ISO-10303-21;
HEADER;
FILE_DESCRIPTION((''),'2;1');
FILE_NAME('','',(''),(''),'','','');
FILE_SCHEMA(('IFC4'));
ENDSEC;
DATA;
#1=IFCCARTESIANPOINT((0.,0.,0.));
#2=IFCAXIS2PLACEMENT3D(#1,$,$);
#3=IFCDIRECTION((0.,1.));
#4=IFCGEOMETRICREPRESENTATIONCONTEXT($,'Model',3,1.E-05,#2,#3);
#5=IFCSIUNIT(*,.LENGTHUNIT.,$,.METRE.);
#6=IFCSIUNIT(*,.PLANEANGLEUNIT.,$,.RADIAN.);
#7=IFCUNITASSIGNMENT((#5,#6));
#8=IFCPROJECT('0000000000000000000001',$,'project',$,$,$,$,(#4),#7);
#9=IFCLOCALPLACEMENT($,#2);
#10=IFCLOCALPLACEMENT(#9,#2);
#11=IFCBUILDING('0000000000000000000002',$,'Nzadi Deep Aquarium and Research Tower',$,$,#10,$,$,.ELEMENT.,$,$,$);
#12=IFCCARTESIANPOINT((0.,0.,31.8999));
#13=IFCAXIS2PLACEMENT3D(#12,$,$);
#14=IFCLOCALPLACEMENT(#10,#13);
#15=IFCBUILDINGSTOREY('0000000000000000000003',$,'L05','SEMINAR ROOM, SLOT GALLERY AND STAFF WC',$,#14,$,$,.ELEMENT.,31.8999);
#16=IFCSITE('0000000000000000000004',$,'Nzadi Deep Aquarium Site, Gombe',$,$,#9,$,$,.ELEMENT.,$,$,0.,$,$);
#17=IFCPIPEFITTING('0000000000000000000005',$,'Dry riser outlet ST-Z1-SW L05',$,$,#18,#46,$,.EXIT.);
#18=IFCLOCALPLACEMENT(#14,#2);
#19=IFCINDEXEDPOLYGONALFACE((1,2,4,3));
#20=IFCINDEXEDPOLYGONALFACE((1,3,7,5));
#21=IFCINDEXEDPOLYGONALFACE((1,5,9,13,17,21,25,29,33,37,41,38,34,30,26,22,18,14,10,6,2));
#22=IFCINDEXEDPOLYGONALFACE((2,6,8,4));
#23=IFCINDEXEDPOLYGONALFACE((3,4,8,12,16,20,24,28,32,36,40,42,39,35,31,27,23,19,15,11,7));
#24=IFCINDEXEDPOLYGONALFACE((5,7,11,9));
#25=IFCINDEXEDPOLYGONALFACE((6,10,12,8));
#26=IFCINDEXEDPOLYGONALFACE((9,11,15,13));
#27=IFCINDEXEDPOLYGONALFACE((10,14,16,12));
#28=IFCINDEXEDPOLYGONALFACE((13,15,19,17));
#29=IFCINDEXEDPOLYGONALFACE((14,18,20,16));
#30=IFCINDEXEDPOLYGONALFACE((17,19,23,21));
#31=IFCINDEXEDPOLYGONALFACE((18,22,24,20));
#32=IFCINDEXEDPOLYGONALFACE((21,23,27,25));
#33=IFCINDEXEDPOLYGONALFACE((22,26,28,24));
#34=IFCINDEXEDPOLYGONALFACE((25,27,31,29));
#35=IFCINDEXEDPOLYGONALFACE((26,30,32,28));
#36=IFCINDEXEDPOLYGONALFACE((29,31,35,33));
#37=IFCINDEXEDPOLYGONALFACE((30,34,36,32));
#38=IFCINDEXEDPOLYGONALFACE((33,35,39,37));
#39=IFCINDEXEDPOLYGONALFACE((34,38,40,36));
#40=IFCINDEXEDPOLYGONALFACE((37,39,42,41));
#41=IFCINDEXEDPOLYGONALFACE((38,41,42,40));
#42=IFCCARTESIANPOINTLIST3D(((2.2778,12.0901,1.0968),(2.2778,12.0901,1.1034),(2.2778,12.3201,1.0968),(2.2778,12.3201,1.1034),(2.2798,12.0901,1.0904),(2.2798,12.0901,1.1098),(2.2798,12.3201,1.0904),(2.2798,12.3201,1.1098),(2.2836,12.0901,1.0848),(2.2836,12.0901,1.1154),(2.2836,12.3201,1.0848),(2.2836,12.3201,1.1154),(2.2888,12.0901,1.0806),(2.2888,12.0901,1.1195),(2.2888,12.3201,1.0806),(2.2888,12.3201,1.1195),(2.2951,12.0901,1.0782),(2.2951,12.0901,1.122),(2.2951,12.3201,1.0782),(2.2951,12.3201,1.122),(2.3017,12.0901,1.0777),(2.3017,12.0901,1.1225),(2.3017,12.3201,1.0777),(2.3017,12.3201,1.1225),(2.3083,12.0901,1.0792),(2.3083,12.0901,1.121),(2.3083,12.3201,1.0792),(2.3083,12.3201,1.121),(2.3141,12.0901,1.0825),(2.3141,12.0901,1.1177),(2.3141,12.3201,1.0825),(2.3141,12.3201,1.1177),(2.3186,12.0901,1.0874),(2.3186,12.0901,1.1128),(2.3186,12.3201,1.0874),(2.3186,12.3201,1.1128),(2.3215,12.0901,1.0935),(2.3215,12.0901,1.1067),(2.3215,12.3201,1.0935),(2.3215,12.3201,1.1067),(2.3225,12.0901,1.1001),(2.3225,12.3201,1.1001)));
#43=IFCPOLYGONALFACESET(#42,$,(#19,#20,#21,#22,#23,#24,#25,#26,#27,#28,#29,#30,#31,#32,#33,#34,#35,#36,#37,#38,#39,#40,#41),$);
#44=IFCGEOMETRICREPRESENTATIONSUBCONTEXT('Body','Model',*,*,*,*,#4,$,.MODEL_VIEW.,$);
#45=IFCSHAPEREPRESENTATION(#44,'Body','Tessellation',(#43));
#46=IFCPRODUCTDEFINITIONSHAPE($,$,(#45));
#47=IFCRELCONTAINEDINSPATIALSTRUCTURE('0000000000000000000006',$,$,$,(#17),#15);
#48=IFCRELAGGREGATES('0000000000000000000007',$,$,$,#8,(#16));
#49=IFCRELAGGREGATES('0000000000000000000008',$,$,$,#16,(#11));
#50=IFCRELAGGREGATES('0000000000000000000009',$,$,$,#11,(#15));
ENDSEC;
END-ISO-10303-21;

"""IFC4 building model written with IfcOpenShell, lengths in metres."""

from ifc_helpers import new_model, si_unit, direction, frame, origin, origin_2d, place, context, subcontext, project, spatial, circle, extrude, element, save


model = new_model("IFC4")

# Units and contexts
model_context = context("Model", 3, precision=1e-05, world=origin(), true_north=direction((0.0, 1.0)))
body_context = subcontext(model_context, "Body", "Model", "MODEL_VIEW")
ifc_project = project(units=[si_unit("LENGTHUNIT", "METRE"), si_unit("PLANEANGLEUNIT", "RADIAN")], contexts=[model_context])

# Site, building, storey
site_placement = place(None, origin())
site = spatial("IfcSite", under=ifc_project, at=site_placement, Name="Nzadi Deep Aquarium Site, Gombe", CompositionType="ELEMENT", RefElevation=0.0)
building_placement = place(site_placement, origin())
building = spatial("IfcBuilding", under=site, at=building_placement, Name="Nzadi Deep Aquarium and Research Tower", CompositionType="ELEMENT")
storey_placement = place(building_placement, frame((0.0, 0.0, 31.8999)))
storey = spatial("IfcBuildingStorey", under=building, at=storey_placement, Name="L05", Description="SEMINAR ROOM, SLOT GALLERY AND STAFF WC", CompositionType="ELEMENT", Elevation=31.8999)

# Pipe fitting
pipe_fitting_placement = place(storey_placement, frame((2.3, 12.3201, 1.1001), z_axis=(0.0, -1.0, 0.0), x_axis=(1.0, 0.0, 0.0)))
element("IfcPipeFitting", 1, at=pipe_fitting_placement, inside=storey, Name="Dry riser outlet ST-Z1-SW L05", PredefinedType="EXIT", context=body_context, shape_type="SweptSolid", body=[
    extrude(circle(Radius=0.0225, at=origin_2d()), origin(), (0.0, 0.0, 1.0), 0.23),
])

save(model, "model.ifc")
